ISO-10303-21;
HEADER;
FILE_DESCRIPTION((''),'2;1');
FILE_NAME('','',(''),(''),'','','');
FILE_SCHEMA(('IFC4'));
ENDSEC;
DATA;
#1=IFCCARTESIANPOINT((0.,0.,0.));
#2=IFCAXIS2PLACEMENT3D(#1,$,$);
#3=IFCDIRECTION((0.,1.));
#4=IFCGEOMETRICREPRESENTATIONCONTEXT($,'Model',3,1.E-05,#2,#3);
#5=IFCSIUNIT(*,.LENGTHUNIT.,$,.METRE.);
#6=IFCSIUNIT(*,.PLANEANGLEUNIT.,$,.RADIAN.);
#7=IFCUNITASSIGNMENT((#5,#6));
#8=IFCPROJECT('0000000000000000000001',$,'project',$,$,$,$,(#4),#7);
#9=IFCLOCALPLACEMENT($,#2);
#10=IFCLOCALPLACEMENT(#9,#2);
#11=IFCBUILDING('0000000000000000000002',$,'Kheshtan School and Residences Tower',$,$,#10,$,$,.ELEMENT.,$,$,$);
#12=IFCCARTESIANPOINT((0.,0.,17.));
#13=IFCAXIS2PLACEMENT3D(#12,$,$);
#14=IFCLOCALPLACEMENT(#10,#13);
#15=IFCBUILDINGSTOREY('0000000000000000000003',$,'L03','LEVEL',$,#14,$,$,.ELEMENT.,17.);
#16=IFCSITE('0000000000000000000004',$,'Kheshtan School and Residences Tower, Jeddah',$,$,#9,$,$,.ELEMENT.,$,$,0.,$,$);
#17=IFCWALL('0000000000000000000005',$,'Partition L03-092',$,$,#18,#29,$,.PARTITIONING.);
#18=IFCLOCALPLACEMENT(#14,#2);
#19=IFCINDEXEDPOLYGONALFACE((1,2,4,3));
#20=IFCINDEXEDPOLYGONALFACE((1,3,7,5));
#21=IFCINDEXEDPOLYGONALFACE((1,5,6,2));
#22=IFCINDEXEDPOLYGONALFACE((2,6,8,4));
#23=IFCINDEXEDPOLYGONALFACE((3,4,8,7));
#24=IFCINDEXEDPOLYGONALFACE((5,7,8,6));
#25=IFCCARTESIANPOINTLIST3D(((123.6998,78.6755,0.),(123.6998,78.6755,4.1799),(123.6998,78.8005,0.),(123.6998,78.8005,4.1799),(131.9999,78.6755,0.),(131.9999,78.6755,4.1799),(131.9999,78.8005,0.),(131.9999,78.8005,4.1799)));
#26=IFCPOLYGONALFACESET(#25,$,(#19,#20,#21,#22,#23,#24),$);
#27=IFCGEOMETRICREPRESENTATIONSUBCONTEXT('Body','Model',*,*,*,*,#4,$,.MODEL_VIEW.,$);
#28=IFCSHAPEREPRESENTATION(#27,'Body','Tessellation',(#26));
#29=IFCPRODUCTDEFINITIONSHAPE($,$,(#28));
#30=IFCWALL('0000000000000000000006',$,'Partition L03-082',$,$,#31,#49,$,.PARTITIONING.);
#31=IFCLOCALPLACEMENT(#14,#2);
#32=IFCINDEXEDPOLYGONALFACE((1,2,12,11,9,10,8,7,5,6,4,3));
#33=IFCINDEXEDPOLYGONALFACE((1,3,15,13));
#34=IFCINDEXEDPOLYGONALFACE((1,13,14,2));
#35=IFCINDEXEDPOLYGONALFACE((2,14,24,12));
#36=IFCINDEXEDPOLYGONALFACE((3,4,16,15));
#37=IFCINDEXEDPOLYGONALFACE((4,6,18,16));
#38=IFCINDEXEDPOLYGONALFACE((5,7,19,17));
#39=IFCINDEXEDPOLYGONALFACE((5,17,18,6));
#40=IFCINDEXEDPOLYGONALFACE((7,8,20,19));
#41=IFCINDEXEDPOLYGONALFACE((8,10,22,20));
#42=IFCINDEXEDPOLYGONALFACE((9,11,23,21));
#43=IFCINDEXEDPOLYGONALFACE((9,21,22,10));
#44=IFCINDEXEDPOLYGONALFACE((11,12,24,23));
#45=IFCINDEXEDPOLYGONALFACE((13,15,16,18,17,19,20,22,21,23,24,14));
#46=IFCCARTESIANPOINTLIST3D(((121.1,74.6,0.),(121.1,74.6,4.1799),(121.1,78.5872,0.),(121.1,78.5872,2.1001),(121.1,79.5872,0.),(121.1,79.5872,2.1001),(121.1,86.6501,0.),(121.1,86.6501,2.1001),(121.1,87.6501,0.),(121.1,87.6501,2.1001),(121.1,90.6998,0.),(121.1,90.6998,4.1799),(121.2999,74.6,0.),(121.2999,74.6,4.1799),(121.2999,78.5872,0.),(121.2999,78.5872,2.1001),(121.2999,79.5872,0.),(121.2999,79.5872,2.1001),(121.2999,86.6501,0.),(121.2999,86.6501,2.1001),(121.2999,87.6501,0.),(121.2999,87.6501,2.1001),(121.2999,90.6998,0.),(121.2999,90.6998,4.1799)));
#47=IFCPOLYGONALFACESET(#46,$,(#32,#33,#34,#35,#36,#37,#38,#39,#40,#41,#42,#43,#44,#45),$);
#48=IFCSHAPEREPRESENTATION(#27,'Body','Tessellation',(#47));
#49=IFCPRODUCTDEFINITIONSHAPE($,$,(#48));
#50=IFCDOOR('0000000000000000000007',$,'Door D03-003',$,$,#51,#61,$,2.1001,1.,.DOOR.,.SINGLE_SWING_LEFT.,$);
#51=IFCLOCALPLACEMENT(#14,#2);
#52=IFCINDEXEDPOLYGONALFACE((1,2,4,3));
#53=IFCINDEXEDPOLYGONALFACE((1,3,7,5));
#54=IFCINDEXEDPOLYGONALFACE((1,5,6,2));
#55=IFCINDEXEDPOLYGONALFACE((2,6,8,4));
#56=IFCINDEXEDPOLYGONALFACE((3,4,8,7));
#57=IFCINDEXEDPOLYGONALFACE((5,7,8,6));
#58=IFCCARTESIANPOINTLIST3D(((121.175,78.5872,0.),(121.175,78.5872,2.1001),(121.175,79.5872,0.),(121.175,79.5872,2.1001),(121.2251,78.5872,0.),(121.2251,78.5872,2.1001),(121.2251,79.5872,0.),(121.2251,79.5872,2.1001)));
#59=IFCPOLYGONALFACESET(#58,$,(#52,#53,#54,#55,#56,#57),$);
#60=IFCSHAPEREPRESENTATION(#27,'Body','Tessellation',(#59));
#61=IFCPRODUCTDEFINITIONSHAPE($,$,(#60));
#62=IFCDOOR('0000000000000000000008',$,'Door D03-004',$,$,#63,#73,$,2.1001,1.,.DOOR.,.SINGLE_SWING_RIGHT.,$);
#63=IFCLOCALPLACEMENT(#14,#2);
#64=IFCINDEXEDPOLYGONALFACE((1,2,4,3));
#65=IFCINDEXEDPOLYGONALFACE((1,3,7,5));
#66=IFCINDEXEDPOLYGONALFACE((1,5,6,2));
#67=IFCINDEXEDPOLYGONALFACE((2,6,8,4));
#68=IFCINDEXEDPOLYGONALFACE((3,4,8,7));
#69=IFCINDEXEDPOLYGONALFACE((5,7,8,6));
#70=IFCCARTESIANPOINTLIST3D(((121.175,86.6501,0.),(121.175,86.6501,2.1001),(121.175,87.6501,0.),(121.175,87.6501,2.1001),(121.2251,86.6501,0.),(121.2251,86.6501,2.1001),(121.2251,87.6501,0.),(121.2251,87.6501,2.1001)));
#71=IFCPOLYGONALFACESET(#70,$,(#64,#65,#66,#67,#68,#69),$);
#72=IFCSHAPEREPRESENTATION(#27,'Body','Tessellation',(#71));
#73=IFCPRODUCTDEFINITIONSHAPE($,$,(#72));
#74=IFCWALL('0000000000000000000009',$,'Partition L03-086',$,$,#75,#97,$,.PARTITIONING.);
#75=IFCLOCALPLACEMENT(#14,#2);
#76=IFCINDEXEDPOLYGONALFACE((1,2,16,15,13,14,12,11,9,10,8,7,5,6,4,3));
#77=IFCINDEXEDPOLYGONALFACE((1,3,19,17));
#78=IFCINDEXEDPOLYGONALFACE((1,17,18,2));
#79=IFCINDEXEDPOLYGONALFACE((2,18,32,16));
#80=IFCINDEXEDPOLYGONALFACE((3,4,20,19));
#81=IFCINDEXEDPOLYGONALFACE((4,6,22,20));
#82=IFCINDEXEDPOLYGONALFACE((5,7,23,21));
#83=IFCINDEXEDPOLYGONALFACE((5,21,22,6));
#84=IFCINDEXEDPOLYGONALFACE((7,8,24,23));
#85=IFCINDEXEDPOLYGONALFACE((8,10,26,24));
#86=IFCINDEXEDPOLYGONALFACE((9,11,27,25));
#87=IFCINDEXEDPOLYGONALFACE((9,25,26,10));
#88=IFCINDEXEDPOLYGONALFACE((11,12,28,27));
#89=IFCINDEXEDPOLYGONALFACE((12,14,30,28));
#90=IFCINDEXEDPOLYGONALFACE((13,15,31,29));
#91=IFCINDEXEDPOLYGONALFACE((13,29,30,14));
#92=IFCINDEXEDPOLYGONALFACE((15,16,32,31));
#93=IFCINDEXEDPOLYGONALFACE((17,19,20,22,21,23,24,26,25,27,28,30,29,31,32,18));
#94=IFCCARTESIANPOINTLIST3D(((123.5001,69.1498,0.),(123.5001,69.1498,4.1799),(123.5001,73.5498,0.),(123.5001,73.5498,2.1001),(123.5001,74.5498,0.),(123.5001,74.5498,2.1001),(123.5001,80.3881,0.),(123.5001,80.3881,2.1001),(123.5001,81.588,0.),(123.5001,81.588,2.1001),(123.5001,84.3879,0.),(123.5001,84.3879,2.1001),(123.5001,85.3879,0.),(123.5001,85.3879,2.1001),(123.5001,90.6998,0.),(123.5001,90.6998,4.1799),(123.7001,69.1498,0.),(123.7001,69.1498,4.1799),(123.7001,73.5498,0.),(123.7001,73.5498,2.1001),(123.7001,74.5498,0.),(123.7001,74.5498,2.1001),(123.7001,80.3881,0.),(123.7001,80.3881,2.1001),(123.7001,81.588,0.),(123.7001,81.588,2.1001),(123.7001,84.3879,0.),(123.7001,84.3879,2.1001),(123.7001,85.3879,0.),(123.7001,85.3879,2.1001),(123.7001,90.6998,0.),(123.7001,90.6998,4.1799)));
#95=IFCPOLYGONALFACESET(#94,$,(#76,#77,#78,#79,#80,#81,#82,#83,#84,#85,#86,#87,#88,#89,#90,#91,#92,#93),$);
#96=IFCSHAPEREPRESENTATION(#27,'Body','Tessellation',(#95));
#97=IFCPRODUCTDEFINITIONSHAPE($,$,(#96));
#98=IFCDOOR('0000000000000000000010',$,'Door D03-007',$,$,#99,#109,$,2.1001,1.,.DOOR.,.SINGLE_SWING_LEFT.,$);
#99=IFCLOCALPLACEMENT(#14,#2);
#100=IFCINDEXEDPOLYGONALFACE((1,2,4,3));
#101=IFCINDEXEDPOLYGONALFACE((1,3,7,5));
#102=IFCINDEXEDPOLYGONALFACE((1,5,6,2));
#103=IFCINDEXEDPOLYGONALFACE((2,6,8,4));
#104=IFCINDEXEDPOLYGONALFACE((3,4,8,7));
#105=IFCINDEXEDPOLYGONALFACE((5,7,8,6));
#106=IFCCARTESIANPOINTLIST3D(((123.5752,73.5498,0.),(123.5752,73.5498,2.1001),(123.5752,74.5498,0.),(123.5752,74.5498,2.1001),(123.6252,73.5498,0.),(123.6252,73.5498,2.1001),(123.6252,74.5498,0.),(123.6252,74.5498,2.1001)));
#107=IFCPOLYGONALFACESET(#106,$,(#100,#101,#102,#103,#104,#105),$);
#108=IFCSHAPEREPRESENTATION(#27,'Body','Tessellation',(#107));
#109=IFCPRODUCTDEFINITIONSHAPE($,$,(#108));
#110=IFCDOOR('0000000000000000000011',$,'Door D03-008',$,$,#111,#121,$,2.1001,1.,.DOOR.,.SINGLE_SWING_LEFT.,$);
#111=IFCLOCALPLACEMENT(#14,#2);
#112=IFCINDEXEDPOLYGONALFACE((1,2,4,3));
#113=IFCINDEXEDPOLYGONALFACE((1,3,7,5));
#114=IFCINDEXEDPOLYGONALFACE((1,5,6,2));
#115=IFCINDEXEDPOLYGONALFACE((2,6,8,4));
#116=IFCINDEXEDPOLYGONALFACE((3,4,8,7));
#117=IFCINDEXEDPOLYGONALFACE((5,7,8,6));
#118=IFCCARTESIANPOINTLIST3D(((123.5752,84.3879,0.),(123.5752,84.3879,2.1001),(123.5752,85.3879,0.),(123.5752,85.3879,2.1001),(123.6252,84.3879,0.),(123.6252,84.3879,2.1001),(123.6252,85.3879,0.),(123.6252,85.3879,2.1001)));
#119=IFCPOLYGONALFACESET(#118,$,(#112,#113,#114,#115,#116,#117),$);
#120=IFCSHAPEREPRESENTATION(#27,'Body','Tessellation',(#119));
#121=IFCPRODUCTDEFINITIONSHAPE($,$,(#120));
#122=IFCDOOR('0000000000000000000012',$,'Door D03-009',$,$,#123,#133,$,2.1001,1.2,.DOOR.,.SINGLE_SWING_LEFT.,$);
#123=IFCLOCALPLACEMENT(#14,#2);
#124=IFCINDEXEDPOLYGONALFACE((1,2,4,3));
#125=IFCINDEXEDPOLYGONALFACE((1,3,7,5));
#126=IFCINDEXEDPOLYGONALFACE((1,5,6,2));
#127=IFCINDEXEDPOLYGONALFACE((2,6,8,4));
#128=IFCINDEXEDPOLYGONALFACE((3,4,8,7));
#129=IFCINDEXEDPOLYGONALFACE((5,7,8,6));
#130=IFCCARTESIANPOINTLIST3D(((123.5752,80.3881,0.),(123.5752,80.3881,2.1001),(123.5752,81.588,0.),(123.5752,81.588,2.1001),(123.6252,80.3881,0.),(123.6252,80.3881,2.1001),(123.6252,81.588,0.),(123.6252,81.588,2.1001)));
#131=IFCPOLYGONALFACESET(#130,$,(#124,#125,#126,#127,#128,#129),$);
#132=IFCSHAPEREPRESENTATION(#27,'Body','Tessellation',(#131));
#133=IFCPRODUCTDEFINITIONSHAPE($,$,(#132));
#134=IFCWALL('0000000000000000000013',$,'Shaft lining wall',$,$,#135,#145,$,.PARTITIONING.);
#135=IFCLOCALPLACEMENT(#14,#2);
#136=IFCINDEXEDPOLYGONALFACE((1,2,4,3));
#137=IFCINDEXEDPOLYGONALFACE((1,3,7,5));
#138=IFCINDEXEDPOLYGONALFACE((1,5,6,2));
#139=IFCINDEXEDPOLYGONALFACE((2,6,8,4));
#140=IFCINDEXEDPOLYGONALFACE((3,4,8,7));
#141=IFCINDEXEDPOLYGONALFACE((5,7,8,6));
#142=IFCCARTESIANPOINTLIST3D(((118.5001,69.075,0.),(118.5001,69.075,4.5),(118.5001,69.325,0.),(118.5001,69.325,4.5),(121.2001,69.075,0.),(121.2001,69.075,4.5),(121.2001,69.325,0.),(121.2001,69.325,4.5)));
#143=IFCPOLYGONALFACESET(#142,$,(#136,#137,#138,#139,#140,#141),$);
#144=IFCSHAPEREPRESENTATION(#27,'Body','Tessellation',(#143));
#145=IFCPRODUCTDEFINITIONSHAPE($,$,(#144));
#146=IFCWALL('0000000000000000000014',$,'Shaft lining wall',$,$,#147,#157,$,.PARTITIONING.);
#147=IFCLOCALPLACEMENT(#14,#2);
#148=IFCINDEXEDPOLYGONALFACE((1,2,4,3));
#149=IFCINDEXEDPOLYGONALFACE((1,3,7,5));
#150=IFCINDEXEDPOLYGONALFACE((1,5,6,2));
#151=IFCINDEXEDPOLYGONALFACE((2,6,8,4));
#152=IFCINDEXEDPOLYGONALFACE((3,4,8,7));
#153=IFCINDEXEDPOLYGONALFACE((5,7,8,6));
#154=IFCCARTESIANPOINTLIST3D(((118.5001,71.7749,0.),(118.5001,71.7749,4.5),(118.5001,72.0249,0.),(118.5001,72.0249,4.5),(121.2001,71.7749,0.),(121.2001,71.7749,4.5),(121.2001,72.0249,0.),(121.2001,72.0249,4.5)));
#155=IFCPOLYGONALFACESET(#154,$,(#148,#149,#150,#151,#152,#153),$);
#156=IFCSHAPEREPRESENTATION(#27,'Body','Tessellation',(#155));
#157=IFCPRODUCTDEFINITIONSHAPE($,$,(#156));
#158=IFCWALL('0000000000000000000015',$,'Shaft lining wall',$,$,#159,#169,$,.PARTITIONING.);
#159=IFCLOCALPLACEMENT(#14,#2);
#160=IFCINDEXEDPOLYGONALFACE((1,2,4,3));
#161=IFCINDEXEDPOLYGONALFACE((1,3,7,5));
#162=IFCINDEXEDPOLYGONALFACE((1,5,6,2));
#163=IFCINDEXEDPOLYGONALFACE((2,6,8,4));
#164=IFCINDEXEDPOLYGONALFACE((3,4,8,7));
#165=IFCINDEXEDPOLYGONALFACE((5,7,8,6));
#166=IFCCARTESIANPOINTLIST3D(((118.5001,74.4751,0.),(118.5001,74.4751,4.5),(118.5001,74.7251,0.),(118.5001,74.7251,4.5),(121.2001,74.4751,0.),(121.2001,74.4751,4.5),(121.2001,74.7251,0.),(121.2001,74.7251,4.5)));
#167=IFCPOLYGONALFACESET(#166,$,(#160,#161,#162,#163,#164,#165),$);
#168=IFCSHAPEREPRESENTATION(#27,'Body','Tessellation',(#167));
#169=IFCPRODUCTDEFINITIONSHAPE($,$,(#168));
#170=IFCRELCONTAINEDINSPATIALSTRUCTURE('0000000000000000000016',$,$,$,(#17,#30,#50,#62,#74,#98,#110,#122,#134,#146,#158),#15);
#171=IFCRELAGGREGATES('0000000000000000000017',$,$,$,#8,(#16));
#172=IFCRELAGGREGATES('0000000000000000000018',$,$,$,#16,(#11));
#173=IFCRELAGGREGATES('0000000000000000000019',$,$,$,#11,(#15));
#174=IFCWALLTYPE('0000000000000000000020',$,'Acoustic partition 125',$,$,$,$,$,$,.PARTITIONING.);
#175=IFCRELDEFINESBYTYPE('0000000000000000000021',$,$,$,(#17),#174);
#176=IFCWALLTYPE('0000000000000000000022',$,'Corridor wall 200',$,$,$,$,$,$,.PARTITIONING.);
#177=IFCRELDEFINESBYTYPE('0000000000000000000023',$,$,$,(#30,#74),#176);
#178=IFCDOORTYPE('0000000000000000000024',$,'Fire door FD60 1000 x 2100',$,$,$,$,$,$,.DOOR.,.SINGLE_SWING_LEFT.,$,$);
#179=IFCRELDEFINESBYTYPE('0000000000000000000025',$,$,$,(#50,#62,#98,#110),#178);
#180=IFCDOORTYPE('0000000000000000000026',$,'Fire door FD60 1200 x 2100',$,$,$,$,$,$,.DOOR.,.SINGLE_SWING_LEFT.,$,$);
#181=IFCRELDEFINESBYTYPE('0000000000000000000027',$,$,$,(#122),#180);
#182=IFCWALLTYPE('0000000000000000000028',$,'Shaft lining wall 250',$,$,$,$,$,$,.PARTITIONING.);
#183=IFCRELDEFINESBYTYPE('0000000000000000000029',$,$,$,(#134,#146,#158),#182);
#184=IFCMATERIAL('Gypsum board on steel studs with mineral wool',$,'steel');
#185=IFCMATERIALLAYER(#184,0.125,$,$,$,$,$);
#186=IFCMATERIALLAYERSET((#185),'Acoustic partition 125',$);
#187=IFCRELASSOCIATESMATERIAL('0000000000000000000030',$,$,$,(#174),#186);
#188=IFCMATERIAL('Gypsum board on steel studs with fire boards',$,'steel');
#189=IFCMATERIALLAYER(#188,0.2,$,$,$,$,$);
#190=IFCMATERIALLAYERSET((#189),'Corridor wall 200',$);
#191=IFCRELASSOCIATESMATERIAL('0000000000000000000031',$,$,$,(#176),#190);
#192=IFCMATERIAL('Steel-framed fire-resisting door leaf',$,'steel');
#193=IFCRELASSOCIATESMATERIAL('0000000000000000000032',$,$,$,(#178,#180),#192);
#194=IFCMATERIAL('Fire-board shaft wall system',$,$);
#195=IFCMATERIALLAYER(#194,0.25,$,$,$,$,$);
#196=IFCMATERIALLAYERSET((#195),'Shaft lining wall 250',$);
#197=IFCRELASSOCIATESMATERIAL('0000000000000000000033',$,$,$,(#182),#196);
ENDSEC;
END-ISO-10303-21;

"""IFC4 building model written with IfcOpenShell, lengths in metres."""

from ifc_helpers import new_model, si_unit, direction, frame, frame_2d, origin, place, context, subcontext, project, spatial, rectangle, extrude, source, transform, mapped, material, layer, layer_set, type_object, element, fill, save


model = new_model("IFC4")

# Units and contexts
model_context = context("Model", 3, precision=1e-05, world=origin(), true_north=direction((0.0, 1.0)))
body_context = subcontext(model_context, "Body", "Model", "MODEL_VIEW")
ifc_project = project(units=[si_unit("LENGTHUNIT", "METRE"), si_unit("PLANEANGLEUNIT", "RADIAN")], contexts=[model_context])

# Site, building, storey
site_placement = place(None, origin())
site = spatial("IfcSite", under=ifc_project, at=site_placement, Name="Kheshtan School and Residences Tower, Jeddah", CompositionType="ELEMENT", RefElevation=0.0)
building_placement = place(site_placement, origin())
building = spatial("IfcBuilding", under=site, at=building_placement, Name="Kheshtan School and Residences Tower", CompositionType="ELEMENT")
storey_placement = place(building_placement, frame((0.0, 0.0, 17.0)))
storey = spatial("IfcBuildingStorey", under=building, at=storey_placement, Name="L03", Description="LEVEL", CompositionType="ELEMENT", Elevation=17.0)

# Wall
ifc_material_1 = material(Name="Gypsum board on steel studs with mineral wool", Category="steel")
ifc_layer_1 = layer(ifc_material_1, 0.125)
ifc_layer_set_1 = layer_set([ifc_layer_1], Name="Acoustic partition 125")
wall_type_1 = type_object("IfcWallType", Name="Acoustic partition 125", PredefinedType="PARTITIONING", material=ifc_layer_set_1)
wall_1_placement = place(storey_placement, frame((123.7, 78.738, 0.0), z_axis=(0.0, 0.0, 1.0), x_axis=(1.0, 0.0, 0.0)))
element("IfcWall", 1, at=wall_1_placement, inside=storey, type_object=wall_type_1, Name="Partition L03-092", PredefinedType="PARTITIONING", context=body_context, shape_type="SweptSolid", body=[
    extrude(rectangle(XDim=8.3, YDim=0.125, at=frame_2d((4.1499, 0.0))), origin(), (0.0, 0.0, 1.0), 4.1799),
])

# Walls, openings, doors
ifc_material_2 = material(Name="Gypsum board on steel studs with fire boards", Category="steel")
ifc_layer_2 = layer(ifc_material_2, 0.2)
ifc_layer_set_2 = layer_set([ifc_layer_2], Name="Corridor wall 200")
wall_type_2 = type_object("IfcWallType", Name="Corridor wall 200", PredefinedType="PARTITIONING", material=ifc_layer_set_2)
wall_2_placement = place(storey_placement, frame((121.2, 74.6001, 0.0), z_axis=(0.0, 0.0, 1.0), x_axis=(0.0, 1.0, 0.0)))
wall_2 = element("IfcWall", 2, at=wall_2_placement, inside=storey, type_object=wall_type_2, Name="Partition L03-082", PredefinedType="PARTITIONING", context=body_context, shape_type="SweptSolid", body=[
    extrude(rectangle(XDim=16.0999, YDim=0.2, at=frame_2d((8.0498, 0.0))), origin(), (0.0, 0.0, 1.0), 4.1799),
])
opening_1_placement = place(wall_2_placement, frame((3.9871, 0.0, 0.0)))
opening_1 = element("IfcOpeningElement", 3, at=opening_1_placement, cuts=wall_2, PredefinedType="OPENING", context=body_context, shape_type="SweptSolid", body=[
    extrude(rectangle(XDim=1.0, YDim=2.1001, at=frame_2d((0.5, 1.05))), frame((0.0, 0.1099, 0.0), z_axis=(0.0, -1.0, 0.0), x_axis=(1.0, 0.0, 0.0)), (0.0, 0.0, 1.0), 0.22),
])
opening_2_placement = place(wall_2_placement, frame((12.05, 0.0, 0.0)))
opening_2 = element("IfcOpeningElement", 4, at=opening_2_placement, cuts=wall_2, PredefinedType="OPENING", context=body_context, shape_type="SweptSolid", body=[
    extrude(rectangle(XDim=1.0, YDim=2.1001, at=frame_2d((0.5, 1.05))), frame((0.0, 0.1099, 0.0), z_axis=(0.0, -1.0, 0.0), x_axis=(1.0, 0.0, 0.0)), (0.0, 0.0, 1.0), 0.22),
])
ifc_material_3 = material(Name="Steel-framed fire-resisting door leaf", Category="steel")
door_type_1 = type_object("IfcDoorType", Name="Fire door FD60 1000 x 2100", OperationType="SINGLE_SWING_LEFT", PredefinedType="DOOR", material=ifc_material_3)
shared_shape_1 = source(origin(), body_context, "Body", "SweptSolid", [
    extrude(rectangle(XDim=1.0, YDim=2.1001, at=frame_2d((0.5, 1.05))), frame((0.0, 0.0249, 0.0), z_axis=(0.0, -1.0, 0.0), x_axis=(1.0, 0.0, 0.0)), (0.0, 0.0, 1.0), 0.05),
])
door_1_placement = place(opening_1_placement, origin())
door_1 = element("IfcDoor", 5, at=door_1_placement, inside=storey, type_object=door_type_1, Name="Door D03-003", OperationType="SINGLE_SWING_LEFT", OverallHeight=2.1001, OverallWidth=1.0, PredefinedType="DOOR", context=body_context, shape_type="MappedRepresentation", body=[
    mapped(shared_shape_1, transform((0.0, 0.0, 0.0), x_axis=(1.0, 0.0, 0.0), y_axis=(0.0, 1.0, 0.0), z_axis=(0.0, 0.0, 1.0), scale=1.0)),
])
fill(opening_1, door_1)
door_2_placement = place(opening_2_placement, origin())
door_2 = element("IfcDoor", 6, at=door_2_placement, inside=storey, type_object=door_type_1, Name="Door D03-004", OperationType="SINGLE_SWING_RIGHT", OverallHeight=2.1001, OverallWidth=1.0, PredefinedType="DOOR", context=body_context, shape_type="MappedRepresentation", body=[
    mapped(shared_shape_1, transform((0.0, 0.0, 0.0), x_axis=(1.0, 0.0, 0.0), y_axis=(0.0, 1.0, 0.0), z_axis=(0.0, 0.0, 1.0), scale=1.0)),
])
fill(opening_2, door_2)
wall_3_placement = place(storey_placement, frame((123.6001, 69.1499, 0.0), z_axis=(0.0, 0.0, 1.0), x_axis=(0.0, 1.0, 0.0)))
wall_3 = element("IfcWall", 7, at=wall_3_placement, inside=storey, type_object=wall_type_2, Name="Partition L03-086", PredefinedType="PARTITIONING", context=body_context, shape_type="SweptSolid", body=[
    extrude(rectangle(XDim=21.55, YDim=0.2, at=frame_2d((10.7749, 0.0))), origin(), (0.0, 0.0, 1.0), 4.1799),
])
opening_3_placement = place(wall_3_placement, frame((4.3999, 0.0, 0.0)))
opening_3 = element("IfcOpeningElement", 8, at=opening_3_placement, cuts=wall_3, PredefinedType="OPENING", context=body_context, shape_type="SweptSolid", body=[
    extrude(rectangle(XDim=1.0, YDim=2.1001, at=frame_2d((0.5, 1.05))), frame((0.0, 0.1099, 0.0), z_axis=(0.0, -1.0, 0.0), x_axis=(1.0, 0.0, 0.0)), (0.0, 0.0, 1.0), 0.22),
])
opening_4_placement = place(wall_3_placement, frame((15.238, 0.0, 0.0)))
opening_4 = element("IfcOpeningElement", 9, at=opening_4_placement, cuts=wall_3, PredefinedType="OPENING", context=body_context, shape_type="SweptSolid", body=[
    extrude(rectangle(XDim=1.0, YDim=2.1001, at=frame_2d((0.5, 1.05))), frame((0.0, 0.1099, 0.0), z_axis=(0.0, -1.0, 0.0), x_axis=(1.0, 0.0, 0.0)), (0.0, 0.0, 1.0), 0.22),
])
opening_5_placement = place(wall_3_placement, frame((11.238, 0.0, 0.0)))
opening_5 = element("IfcOpeningElement", 10, at=opening_5_placement, cuts=wall_3, PredefinedType="OPENING", context=body_context, shape_type="SweptSolid", body=[
    extrude(rectangle(XDim=1.2, YDim=2.1001, at=frame_2d((0.6001, 1.05))), frame((0.0, 0.1099, 0.0), z_axis=(0.0, -1.0, 0.0), x_axis=(1.0, 0.0, 0.0)), (0.0, 0.0, 1.0), 0.22),
])
door_3_placement = place(opening_3_placement, origin())
door_3 = element("IfcDoor", 11, at=door_3_placement, inside=storey, type_object=door_type_1, Name="Door D03-007", OperationType="SINGLE_SWING_LEFT", OverallHeight=2.1001, OverallWidth=1.0, PredefinedType="DOOR", context=body_context, shape_type="MappedRepresentation", body=[
    mapped(shared_shape_1, transform((0.0, 0.0, 0.0), x_axis=(1.0, 0.0, 0.0), y_axis=(0.0, 1.0, 0.0), z_axis=(0.0, 0.0, 1.0), scale=1.0)),
])
fill(opening_3, door_3)
door_4_placement = place(opening_4_placement, origin())
door_4 = element("IfcDoor", 12, at=door_4_placement, inside=storey, type_object=door_type_1, Name="Door D03-008", OperationType="SINGLE_SWING_LEFT", OverallHeight=2.1001, OverallWidth=1.0, PredefinedType="DOOR", context=body_context, shape_type="MappedRepresentation", body=[
    mapped(shared_shape_1, transform((0.0, 0.0, 0.0), x_axis=(1.0, 0.0, 0.0), y_axis=(0.0, 1.0, 0.0), z_axis=(0.0, 0.0, 1.0), scale=1.0)),
])
fill(opening_4, door_4)
door_type_2 = type_object("IfcDoorType", Name="Fire door FD60 1200 x 2100", OperationType="SINGLE_SWING_LEFT", PredefinedType="DOOR", material=ifc_material_3)
shared_shape_2 = source(origin(), body_context, "Body", "SweptSolid", [
    extrude(rectangle(XDim=1.2, YDim=2.1001, at=frame_2d((0.6001, 1.05))), frame((0.0, 0.0249, 0.0), z_axis=(0.0, -1.0, 0.0), x_axis=(1.0, 0.0, 0.0)), (0.0, 0.0, 1.0), 0.05),
])
door_5_placement = place(opening_5_placement, origin())
door_5 = element("IfcDoor", 13, at=door_5_placement, inside=storey, type_object=door_type_2, Name="Door D03-009", OperationType="SINGLE_SWING_LEFT", OverallHeight=2.1001, OverallWidth=1.2, PredefinedType="DOOR", context=body_context, shape_type="MappedRepresentation", body=[
    mapped(shared_shape_2, transform((0.0, 0.0, 0.0), x_axis=(1.0, 0.0, 0.0), y_axis=(0.0, 1.0, 0.0), z_axis=(0.0, 0.0, 1.0), scale=1.0)),
])
fill(opening_5, door_5)

# Walls
ifc_material_4 = material(Name="Fire-board shaft wall system")
ifc_layer_3 = layer(ifc_material_4, 0.25)
ifc_layer_set_3 = layer_set([ifc_layer_3], Name="Shaft lining wall 250")
wall_type_3 = type_object("IfcWallType", Name="Shaft lining wall 250", PredefinedType="PARTITIONING", material=ifc_layer_set_3)
for number, where, z_axis, x_axis, name in (
    (14, (118.5, 69.2, 0.0), (0.0, 0.0, 1.0), (1.0, 0.0, 0.0), "Shaft lining wall"),
    (15, (118.5, 71.8999, 0.0), (0.0, 0.0, 1.0), (1.0, 0.0, 0.0), "Shaft lining wall"),
    (16, (118.5, 74.6001, 0.0), (0.0, 0.0, 1.0), (1.0, 0.0, 0.0), "Shaft lining wall"),
):
    element("IfcWall", number, at=place(storey_placement, frame(where, z_axis=z_axis, x_axis=x_axis)), inside=storey, type_object=wall_type_3, Name=name, PredefinedType="PARTITIONING", context=body_context, shape_type="SweptSolid", body=[
        extrude(rectangle(XDim=2.7, YDim=0.25, at=frame_2d((1.3501, 0.0))), origin(), (0.0, 0.0, 1.0), 4.5),
    ])

save(model, "model.ifc")
